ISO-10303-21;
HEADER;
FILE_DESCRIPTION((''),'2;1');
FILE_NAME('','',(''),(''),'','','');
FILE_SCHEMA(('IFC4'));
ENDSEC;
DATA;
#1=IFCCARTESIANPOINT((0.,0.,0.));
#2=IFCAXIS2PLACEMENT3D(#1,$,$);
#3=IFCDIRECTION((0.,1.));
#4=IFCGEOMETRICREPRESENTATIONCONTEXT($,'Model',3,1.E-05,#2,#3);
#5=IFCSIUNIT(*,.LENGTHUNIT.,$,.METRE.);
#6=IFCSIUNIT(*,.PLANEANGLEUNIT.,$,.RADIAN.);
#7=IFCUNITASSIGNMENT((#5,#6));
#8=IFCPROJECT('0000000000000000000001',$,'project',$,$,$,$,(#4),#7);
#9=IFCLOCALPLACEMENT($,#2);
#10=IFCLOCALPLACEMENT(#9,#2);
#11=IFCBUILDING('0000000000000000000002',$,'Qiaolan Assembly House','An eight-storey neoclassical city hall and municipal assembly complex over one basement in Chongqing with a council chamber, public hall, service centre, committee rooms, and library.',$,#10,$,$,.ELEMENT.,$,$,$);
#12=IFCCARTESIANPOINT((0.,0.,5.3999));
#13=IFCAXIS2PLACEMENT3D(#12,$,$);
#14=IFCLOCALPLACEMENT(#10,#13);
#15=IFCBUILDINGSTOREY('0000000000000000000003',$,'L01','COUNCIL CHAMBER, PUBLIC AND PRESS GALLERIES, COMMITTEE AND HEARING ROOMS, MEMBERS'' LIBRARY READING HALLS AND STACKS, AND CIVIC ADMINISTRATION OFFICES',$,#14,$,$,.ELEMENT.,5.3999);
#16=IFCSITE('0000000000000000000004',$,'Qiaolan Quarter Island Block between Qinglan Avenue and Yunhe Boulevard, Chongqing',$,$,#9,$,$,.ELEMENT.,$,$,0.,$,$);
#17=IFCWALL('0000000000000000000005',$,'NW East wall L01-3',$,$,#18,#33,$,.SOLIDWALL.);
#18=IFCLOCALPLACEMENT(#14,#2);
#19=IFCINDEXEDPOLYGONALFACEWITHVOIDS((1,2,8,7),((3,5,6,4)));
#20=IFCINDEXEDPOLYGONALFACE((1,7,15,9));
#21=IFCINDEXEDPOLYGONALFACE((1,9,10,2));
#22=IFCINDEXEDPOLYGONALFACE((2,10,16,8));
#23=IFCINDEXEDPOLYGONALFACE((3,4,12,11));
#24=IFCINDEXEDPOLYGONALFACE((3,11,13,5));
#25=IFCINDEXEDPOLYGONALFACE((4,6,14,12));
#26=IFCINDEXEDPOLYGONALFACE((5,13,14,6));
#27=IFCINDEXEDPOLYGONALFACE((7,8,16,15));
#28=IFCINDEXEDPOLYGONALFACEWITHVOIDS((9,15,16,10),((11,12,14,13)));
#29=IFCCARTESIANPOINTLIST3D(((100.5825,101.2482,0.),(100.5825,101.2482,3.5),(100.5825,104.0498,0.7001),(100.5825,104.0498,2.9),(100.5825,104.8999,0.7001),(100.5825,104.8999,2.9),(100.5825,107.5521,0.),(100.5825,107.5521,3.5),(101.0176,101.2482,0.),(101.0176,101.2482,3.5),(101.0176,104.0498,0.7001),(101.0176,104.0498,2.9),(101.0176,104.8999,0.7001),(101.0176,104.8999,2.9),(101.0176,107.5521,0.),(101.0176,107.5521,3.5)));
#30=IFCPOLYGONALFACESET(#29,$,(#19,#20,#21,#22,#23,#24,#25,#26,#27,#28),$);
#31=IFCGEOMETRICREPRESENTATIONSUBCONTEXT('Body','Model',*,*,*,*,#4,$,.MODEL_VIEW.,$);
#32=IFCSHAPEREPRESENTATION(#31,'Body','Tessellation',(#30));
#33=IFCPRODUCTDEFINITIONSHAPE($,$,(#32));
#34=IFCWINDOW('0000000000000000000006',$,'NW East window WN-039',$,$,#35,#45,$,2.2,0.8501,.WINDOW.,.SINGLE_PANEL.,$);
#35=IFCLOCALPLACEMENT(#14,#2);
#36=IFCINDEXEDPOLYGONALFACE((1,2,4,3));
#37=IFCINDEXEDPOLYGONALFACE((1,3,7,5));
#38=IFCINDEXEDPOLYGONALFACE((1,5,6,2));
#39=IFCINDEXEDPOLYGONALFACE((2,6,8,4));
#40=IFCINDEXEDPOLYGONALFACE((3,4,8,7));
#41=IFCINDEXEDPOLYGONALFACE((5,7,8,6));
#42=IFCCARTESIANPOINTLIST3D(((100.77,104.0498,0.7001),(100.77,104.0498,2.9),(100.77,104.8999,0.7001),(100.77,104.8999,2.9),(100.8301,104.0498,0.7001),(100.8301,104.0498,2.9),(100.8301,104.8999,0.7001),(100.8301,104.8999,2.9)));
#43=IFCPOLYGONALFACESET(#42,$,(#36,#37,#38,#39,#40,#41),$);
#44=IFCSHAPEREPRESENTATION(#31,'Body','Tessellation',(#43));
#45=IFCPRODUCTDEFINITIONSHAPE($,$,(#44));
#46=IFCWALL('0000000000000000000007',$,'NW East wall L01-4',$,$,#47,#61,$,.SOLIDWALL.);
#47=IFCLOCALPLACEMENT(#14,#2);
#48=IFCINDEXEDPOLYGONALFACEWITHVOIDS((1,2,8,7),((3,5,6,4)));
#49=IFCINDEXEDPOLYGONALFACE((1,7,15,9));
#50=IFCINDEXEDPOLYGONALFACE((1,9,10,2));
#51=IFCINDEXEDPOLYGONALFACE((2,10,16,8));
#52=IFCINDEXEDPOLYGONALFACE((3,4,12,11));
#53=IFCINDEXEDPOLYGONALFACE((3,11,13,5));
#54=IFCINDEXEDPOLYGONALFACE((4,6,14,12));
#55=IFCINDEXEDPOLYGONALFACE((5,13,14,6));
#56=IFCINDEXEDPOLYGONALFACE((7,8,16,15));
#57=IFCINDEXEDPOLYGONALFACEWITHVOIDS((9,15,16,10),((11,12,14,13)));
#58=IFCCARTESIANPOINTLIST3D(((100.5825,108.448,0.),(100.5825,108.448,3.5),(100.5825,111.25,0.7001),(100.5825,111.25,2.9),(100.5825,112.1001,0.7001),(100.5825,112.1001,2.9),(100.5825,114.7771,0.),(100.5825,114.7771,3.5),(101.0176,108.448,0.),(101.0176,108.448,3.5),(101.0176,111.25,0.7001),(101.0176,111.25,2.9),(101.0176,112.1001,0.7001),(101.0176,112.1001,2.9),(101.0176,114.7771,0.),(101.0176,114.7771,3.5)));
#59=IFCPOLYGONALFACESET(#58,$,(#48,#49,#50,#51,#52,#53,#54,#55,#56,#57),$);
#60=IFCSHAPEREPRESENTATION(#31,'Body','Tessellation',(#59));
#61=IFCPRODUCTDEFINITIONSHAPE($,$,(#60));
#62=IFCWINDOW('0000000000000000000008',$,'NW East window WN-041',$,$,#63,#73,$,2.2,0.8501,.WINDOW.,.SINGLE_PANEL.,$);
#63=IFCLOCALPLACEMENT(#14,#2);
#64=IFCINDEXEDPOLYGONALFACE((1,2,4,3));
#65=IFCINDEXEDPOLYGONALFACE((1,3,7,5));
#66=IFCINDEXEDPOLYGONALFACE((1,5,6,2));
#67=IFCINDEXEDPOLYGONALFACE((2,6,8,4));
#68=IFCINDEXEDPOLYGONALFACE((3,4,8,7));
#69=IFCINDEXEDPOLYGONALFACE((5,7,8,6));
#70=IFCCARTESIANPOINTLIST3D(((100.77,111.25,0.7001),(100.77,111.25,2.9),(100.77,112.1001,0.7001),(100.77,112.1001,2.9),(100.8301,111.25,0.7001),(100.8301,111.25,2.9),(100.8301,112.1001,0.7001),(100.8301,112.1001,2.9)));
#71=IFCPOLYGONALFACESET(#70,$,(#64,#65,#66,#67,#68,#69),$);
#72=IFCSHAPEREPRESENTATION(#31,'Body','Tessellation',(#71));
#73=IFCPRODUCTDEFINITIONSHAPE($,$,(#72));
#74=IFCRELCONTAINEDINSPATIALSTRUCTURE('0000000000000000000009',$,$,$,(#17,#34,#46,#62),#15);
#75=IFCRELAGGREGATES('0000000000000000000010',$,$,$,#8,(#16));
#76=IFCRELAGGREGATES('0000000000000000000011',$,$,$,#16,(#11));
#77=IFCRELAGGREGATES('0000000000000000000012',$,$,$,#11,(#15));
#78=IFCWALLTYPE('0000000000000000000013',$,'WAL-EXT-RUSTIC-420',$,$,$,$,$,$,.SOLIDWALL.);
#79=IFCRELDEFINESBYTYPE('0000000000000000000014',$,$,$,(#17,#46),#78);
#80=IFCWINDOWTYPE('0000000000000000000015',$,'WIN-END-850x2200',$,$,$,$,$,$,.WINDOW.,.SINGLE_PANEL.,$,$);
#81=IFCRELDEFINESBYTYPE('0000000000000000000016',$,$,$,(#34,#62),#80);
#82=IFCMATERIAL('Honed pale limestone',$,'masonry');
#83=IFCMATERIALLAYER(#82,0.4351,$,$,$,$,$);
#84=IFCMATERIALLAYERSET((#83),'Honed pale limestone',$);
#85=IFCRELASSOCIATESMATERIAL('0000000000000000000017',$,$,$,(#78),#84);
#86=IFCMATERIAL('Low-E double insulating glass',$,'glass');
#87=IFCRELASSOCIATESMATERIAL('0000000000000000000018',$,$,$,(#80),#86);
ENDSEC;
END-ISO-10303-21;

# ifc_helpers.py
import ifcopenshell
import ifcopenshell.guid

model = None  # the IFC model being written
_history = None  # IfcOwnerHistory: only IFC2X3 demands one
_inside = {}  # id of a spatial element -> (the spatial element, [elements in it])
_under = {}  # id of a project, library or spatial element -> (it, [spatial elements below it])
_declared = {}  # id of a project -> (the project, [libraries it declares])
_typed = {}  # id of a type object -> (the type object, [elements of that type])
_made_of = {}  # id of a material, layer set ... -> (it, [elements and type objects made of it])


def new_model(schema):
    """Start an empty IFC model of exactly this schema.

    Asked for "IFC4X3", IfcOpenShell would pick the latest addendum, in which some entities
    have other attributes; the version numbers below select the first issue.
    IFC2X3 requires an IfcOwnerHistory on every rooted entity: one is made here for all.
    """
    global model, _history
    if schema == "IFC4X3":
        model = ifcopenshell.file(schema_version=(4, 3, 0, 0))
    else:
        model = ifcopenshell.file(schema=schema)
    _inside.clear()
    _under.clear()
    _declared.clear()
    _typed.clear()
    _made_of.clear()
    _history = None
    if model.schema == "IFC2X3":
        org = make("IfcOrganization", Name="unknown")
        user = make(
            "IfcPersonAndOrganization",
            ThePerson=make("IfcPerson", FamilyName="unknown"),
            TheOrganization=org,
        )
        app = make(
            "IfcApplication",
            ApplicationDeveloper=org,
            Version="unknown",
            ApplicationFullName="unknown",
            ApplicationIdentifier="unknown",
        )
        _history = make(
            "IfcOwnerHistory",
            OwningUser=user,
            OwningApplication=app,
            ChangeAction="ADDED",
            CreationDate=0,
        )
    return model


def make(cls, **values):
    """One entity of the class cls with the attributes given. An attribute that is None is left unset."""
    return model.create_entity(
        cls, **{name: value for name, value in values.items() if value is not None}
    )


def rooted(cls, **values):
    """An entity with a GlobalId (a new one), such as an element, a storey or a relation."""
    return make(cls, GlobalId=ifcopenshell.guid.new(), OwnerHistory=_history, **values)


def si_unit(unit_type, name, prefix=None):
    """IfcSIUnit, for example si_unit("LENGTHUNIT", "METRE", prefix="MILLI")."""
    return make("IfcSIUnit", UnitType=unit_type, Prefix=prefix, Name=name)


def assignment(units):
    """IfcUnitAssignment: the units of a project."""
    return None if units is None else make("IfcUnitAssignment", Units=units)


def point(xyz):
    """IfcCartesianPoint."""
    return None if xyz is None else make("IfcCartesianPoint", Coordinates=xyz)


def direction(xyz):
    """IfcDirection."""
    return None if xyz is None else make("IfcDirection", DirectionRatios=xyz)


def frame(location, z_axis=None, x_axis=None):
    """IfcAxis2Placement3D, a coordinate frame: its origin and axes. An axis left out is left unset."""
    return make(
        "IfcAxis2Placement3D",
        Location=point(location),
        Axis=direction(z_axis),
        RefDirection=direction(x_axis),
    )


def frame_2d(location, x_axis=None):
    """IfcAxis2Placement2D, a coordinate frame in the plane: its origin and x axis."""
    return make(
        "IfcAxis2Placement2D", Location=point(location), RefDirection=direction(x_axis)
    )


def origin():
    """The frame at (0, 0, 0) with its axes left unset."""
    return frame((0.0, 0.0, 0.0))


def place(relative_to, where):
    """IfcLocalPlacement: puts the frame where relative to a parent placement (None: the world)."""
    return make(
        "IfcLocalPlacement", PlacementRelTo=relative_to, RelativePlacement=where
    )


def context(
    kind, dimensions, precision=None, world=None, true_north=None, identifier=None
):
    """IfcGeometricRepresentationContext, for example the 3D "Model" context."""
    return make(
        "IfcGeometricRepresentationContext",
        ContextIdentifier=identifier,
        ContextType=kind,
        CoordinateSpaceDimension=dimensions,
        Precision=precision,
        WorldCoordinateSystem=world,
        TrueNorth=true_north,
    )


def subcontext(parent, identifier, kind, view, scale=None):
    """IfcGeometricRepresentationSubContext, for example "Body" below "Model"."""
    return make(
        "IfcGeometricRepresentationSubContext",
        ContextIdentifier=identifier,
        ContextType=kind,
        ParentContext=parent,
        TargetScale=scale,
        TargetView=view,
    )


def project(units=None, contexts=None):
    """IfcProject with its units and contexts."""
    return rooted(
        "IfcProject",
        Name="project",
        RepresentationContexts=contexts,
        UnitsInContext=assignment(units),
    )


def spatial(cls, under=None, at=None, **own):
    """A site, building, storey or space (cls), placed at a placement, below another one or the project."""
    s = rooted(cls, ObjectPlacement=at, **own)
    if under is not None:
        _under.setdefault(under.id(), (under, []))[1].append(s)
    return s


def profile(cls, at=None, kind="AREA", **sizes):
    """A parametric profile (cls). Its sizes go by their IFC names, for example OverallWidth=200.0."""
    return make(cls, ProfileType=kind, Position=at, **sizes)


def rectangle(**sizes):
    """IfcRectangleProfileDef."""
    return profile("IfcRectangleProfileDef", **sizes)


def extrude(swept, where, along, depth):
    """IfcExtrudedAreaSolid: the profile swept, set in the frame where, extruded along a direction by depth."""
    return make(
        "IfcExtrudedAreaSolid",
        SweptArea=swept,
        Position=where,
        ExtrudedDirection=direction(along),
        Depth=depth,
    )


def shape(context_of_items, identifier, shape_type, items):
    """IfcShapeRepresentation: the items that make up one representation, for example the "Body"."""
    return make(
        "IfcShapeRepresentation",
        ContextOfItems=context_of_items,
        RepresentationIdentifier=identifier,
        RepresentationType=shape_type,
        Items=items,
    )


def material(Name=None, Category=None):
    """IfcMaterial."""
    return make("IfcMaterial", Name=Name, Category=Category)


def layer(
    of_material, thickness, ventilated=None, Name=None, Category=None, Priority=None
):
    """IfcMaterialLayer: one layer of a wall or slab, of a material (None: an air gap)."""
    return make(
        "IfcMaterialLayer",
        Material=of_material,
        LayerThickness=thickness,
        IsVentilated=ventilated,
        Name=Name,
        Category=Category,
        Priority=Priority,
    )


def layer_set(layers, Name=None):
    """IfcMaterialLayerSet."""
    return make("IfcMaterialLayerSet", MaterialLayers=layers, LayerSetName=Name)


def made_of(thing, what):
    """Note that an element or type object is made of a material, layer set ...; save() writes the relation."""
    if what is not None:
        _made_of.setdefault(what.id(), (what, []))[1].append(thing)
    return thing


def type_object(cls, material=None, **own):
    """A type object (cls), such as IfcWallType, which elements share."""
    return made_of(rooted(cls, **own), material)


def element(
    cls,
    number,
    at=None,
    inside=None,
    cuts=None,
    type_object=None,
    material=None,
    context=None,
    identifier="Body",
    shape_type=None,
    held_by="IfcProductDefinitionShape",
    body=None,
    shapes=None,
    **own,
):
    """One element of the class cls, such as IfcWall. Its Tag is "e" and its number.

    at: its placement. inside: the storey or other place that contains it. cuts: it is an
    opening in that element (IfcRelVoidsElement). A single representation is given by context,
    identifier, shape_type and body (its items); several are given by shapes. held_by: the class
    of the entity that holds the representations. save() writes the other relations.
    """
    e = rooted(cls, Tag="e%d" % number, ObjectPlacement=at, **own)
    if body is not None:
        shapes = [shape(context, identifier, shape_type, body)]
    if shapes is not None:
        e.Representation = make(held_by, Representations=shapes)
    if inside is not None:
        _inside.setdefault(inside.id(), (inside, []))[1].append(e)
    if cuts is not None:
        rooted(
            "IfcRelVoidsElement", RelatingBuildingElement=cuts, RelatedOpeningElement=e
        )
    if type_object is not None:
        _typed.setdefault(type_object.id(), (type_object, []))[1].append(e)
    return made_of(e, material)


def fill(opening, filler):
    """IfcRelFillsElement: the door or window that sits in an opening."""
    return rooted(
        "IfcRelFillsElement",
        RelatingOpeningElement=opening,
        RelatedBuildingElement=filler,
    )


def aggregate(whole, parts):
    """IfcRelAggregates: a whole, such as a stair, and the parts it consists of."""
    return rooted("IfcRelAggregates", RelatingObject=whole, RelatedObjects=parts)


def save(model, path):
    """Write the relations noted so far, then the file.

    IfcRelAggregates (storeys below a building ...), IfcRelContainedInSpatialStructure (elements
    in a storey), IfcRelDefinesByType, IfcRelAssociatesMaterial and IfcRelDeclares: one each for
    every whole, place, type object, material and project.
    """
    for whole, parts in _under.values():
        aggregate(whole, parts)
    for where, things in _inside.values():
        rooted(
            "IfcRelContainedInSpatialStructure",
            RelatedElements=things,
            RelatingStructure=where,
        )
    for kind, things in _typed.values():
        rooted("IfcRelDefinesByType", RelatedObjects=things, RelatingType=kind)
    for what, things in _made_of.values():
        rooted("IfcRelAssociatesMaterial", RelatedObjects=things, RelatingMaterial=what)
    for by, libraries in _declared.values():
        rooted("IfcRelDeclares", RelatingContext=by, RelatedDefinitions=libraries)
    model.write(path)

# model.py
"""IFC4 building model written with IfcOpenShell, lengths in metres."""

from ifc_helpers import new_model, si_unit, direction, frame, frame_2d, origin, place, context, subcontext, project, spatial, rectangle, extrude, material, layer, layer_set, type_object, element, fill, save


model = new_model("IFC4")

# Units and contexts
model_context = context("Model", 3, precision=1e-05, world=origin(), true_north=direction((0.0, 1.0)))
body_context = subcontext(model_context, "Body", "Model", "MODEL_VIEW")
ifc_project = project(units=[si_unit("LENGTHUNIT", "METRE"), si_unit("PLANEANGLEUNIT", "RADIAN")], contexts=[model_context])

# Site, building, storey
site_placement = place(None, origin())
site = spatial("IfcSite", under=ifc_project, at=site_placement, Name="Qiaolan Quarter Island Block between Qinglan Avenue and Yunhe Boulevard, Chongqing", CompositionType="ELEMENT", RefElevation=0.0)
building_placement = place(site_placement, origin())
building = spatial("IfcBuilding", under=site, at=building_placement, Name="Qiaolan Assembly House", Description="An eight-storey neoclassical city hall and municipal assembly complex over one basement in Chongqing with a council chamber, public hall, service centre, committee rooms, and library.", CompositionType="ELEMENT")
storey_placement = place(building_placement, frame((0.0, 0.0, 5.3999)))
storey = spatial("IfcBuildingStorey", under=building, at=storey_placement, Name="L01", Description="COUNCIL CHAMBER, PUBLIC AND PRESS GALLERIES, COMMITTEE AND HEARING ROOMS, MEMBERS' LIBRARY READING HALLS AND STACKS, AND CIVIC ADMINISTRATION OFFICES", CompositionType="ELEMENT", Elevation=5.3999)

# Shared definitions
ifc_material_1 = material(Name="Low-E double insulating glass", Category="glass")

# Shared definitions
ifc_material_2 = material(Name="Honed pale limestone", Category="masonry")
ifc_layer_1 = layer(ifc_material_2, 0.4351)
ifc_layer_set_1 = layer_set([ifc_layer_1], Name="Honed pale limestone")
wall_type = type_object("IfcWallType", Name="WAL-EXT-RUSTIC-420", PredefinedType="SOLIDWALL", material=ifc_layer_set_1)

# Walls, openings, windows
window_type_1 = type_object("IfcWindowType", Name="WIN-END-850x2200", PartitioningType="SINGLE_PANEL", PredefinedType="WINDOW", material=ifc_material_1)
wall_1_placement = place(storey_placement, frame((100.8, 107.552, 0.0), z_axis=(0.0, 0.0, 1.0), x_axis=(0.0, -1.0, 0.0)))
wall_1 = element("IfcWall", 1, at=wall_1_placement, inside=storey, type_object=wall_type, Name="NW East wall L01-3", PredefinedType="SOLIDWALL", context=body_context, shape_type="SweptSolid", body=[
    extrude(rectangle(XDim=6.304, YDim=0.4351, at=frame_2d((3.1519, 0.0))), origin(), (0.0, 0.0, 1.0), 3.5),
])
opening_1_placement = place(wall_1_placement, frame((2.6521, 0.0, 0.7)))
opening_1 = element("IfcOpeningElement", 2, at=opening_1_placement, cuts=wall_1, PredefinedType="OPENING", context=body_context, shape_type="SweptSolid", body=[
    extrude(rectangle(XDim=0.8501, YDim=2.2, at=frame_2d((0.425, 1.1001))), frame((0.0, 0.2275, 0.0), z_axis=(0.0, -1.0, 0.0), x_axis=(1.0, 0.0, 0.0)), (0.0, 0.0, 1.0), 0.4551),
])
window_1_placement = place(opening_1_placement, origin())
window_1 = element("IfcWindow", 3, at=window_1_placement, inside=storey, type_object=window_type_1, Name="NW East window WN-039", OverallHeight=2.2, OverallWidth=0.8501, PartitioningType="SINGLE_PANEL", PredefinedType="WINDOW", context=body_context, shape_type="SweptSolid", body=[
    extrude(rectangle(XDim=0.8501, YDim=2.2, at=frame_2d((0.425, 1.1001))), frame((0.0, 0.03, 0.0), z_axis=(0.0, -1.0, 0.0), x_axis=(1.0, 0.0, 0.0)), (0.0, 0.0, 1.0), 0.0601),
])
fill(opening_1, window_1)
wall_2_placement = place(storey_placement, frame((100.8, 114.7771, 0.0), z_axis=(0.0, 0.0, 1.0), x_axis=(0.0, -1.0, 0.0)))
wall_2 = element("IfcWall", 4, at=wall_2_placement, inside=storey, type_object=wall_type, Name="NW East wall L01-4", PredefinedType="SOLIDWALL", context=body_context, shape_type="SweptSolid", body=[
    extrude(rectangle(XDim=6.3291, YDim=0.4351, at=frame_2d((3.1646, 0.0))), origin(), (0.0, 0.0, 1.0), 3.5),
])
opening_2_placement = place(wall_2_placement, frame((2.677, 0.0, 0.7)))
opening_2 = element("IfcOpeningElement", 5, at=opening_2_placement, cuts=wall_2, PredefinedType="OPENING", context=body_context, shape_type="SweptSolid", body=[
    extrude(rectangle(XDim=0.8501, YDim=2.2, at=frame_2d((0.425, 1.1001))), frame((0.0, 0.2275, 0.0), z_axis=(0.0, -1.0, 0.0), x_axis=(1.0, 0.0, 0.0)), (0.0, 0.0, 1.0), 0.4551),
])
window_2_placement = place(opening_2_placement, origin())
window_2 = element("IfcWindow", 6, at=window_2_placement, inside=storey, type_object=window_type_1, Name="NW East window WN-041", OverallHeight=2.2, OverallWidth=0.8501, PartitioningType="SINGLE_PANEL", PredefinedType="WINDOW", context=body_context, shape_type="SweptSolid", body=[
    extrude(rectangle(XDim=0.8501, YDim=2.2, at=frame_2d((0.425, 1.1001))), frame((0.0, 0.03, 0.0), z_axis=(0.0, -1.0, 0.0), x_axis=(1.0, 0.0, 0.0)), (0.0, 0.0, 1.0), 0.0601),
])
fill(opening_2, window_2)

save(model, "model.ifc")
